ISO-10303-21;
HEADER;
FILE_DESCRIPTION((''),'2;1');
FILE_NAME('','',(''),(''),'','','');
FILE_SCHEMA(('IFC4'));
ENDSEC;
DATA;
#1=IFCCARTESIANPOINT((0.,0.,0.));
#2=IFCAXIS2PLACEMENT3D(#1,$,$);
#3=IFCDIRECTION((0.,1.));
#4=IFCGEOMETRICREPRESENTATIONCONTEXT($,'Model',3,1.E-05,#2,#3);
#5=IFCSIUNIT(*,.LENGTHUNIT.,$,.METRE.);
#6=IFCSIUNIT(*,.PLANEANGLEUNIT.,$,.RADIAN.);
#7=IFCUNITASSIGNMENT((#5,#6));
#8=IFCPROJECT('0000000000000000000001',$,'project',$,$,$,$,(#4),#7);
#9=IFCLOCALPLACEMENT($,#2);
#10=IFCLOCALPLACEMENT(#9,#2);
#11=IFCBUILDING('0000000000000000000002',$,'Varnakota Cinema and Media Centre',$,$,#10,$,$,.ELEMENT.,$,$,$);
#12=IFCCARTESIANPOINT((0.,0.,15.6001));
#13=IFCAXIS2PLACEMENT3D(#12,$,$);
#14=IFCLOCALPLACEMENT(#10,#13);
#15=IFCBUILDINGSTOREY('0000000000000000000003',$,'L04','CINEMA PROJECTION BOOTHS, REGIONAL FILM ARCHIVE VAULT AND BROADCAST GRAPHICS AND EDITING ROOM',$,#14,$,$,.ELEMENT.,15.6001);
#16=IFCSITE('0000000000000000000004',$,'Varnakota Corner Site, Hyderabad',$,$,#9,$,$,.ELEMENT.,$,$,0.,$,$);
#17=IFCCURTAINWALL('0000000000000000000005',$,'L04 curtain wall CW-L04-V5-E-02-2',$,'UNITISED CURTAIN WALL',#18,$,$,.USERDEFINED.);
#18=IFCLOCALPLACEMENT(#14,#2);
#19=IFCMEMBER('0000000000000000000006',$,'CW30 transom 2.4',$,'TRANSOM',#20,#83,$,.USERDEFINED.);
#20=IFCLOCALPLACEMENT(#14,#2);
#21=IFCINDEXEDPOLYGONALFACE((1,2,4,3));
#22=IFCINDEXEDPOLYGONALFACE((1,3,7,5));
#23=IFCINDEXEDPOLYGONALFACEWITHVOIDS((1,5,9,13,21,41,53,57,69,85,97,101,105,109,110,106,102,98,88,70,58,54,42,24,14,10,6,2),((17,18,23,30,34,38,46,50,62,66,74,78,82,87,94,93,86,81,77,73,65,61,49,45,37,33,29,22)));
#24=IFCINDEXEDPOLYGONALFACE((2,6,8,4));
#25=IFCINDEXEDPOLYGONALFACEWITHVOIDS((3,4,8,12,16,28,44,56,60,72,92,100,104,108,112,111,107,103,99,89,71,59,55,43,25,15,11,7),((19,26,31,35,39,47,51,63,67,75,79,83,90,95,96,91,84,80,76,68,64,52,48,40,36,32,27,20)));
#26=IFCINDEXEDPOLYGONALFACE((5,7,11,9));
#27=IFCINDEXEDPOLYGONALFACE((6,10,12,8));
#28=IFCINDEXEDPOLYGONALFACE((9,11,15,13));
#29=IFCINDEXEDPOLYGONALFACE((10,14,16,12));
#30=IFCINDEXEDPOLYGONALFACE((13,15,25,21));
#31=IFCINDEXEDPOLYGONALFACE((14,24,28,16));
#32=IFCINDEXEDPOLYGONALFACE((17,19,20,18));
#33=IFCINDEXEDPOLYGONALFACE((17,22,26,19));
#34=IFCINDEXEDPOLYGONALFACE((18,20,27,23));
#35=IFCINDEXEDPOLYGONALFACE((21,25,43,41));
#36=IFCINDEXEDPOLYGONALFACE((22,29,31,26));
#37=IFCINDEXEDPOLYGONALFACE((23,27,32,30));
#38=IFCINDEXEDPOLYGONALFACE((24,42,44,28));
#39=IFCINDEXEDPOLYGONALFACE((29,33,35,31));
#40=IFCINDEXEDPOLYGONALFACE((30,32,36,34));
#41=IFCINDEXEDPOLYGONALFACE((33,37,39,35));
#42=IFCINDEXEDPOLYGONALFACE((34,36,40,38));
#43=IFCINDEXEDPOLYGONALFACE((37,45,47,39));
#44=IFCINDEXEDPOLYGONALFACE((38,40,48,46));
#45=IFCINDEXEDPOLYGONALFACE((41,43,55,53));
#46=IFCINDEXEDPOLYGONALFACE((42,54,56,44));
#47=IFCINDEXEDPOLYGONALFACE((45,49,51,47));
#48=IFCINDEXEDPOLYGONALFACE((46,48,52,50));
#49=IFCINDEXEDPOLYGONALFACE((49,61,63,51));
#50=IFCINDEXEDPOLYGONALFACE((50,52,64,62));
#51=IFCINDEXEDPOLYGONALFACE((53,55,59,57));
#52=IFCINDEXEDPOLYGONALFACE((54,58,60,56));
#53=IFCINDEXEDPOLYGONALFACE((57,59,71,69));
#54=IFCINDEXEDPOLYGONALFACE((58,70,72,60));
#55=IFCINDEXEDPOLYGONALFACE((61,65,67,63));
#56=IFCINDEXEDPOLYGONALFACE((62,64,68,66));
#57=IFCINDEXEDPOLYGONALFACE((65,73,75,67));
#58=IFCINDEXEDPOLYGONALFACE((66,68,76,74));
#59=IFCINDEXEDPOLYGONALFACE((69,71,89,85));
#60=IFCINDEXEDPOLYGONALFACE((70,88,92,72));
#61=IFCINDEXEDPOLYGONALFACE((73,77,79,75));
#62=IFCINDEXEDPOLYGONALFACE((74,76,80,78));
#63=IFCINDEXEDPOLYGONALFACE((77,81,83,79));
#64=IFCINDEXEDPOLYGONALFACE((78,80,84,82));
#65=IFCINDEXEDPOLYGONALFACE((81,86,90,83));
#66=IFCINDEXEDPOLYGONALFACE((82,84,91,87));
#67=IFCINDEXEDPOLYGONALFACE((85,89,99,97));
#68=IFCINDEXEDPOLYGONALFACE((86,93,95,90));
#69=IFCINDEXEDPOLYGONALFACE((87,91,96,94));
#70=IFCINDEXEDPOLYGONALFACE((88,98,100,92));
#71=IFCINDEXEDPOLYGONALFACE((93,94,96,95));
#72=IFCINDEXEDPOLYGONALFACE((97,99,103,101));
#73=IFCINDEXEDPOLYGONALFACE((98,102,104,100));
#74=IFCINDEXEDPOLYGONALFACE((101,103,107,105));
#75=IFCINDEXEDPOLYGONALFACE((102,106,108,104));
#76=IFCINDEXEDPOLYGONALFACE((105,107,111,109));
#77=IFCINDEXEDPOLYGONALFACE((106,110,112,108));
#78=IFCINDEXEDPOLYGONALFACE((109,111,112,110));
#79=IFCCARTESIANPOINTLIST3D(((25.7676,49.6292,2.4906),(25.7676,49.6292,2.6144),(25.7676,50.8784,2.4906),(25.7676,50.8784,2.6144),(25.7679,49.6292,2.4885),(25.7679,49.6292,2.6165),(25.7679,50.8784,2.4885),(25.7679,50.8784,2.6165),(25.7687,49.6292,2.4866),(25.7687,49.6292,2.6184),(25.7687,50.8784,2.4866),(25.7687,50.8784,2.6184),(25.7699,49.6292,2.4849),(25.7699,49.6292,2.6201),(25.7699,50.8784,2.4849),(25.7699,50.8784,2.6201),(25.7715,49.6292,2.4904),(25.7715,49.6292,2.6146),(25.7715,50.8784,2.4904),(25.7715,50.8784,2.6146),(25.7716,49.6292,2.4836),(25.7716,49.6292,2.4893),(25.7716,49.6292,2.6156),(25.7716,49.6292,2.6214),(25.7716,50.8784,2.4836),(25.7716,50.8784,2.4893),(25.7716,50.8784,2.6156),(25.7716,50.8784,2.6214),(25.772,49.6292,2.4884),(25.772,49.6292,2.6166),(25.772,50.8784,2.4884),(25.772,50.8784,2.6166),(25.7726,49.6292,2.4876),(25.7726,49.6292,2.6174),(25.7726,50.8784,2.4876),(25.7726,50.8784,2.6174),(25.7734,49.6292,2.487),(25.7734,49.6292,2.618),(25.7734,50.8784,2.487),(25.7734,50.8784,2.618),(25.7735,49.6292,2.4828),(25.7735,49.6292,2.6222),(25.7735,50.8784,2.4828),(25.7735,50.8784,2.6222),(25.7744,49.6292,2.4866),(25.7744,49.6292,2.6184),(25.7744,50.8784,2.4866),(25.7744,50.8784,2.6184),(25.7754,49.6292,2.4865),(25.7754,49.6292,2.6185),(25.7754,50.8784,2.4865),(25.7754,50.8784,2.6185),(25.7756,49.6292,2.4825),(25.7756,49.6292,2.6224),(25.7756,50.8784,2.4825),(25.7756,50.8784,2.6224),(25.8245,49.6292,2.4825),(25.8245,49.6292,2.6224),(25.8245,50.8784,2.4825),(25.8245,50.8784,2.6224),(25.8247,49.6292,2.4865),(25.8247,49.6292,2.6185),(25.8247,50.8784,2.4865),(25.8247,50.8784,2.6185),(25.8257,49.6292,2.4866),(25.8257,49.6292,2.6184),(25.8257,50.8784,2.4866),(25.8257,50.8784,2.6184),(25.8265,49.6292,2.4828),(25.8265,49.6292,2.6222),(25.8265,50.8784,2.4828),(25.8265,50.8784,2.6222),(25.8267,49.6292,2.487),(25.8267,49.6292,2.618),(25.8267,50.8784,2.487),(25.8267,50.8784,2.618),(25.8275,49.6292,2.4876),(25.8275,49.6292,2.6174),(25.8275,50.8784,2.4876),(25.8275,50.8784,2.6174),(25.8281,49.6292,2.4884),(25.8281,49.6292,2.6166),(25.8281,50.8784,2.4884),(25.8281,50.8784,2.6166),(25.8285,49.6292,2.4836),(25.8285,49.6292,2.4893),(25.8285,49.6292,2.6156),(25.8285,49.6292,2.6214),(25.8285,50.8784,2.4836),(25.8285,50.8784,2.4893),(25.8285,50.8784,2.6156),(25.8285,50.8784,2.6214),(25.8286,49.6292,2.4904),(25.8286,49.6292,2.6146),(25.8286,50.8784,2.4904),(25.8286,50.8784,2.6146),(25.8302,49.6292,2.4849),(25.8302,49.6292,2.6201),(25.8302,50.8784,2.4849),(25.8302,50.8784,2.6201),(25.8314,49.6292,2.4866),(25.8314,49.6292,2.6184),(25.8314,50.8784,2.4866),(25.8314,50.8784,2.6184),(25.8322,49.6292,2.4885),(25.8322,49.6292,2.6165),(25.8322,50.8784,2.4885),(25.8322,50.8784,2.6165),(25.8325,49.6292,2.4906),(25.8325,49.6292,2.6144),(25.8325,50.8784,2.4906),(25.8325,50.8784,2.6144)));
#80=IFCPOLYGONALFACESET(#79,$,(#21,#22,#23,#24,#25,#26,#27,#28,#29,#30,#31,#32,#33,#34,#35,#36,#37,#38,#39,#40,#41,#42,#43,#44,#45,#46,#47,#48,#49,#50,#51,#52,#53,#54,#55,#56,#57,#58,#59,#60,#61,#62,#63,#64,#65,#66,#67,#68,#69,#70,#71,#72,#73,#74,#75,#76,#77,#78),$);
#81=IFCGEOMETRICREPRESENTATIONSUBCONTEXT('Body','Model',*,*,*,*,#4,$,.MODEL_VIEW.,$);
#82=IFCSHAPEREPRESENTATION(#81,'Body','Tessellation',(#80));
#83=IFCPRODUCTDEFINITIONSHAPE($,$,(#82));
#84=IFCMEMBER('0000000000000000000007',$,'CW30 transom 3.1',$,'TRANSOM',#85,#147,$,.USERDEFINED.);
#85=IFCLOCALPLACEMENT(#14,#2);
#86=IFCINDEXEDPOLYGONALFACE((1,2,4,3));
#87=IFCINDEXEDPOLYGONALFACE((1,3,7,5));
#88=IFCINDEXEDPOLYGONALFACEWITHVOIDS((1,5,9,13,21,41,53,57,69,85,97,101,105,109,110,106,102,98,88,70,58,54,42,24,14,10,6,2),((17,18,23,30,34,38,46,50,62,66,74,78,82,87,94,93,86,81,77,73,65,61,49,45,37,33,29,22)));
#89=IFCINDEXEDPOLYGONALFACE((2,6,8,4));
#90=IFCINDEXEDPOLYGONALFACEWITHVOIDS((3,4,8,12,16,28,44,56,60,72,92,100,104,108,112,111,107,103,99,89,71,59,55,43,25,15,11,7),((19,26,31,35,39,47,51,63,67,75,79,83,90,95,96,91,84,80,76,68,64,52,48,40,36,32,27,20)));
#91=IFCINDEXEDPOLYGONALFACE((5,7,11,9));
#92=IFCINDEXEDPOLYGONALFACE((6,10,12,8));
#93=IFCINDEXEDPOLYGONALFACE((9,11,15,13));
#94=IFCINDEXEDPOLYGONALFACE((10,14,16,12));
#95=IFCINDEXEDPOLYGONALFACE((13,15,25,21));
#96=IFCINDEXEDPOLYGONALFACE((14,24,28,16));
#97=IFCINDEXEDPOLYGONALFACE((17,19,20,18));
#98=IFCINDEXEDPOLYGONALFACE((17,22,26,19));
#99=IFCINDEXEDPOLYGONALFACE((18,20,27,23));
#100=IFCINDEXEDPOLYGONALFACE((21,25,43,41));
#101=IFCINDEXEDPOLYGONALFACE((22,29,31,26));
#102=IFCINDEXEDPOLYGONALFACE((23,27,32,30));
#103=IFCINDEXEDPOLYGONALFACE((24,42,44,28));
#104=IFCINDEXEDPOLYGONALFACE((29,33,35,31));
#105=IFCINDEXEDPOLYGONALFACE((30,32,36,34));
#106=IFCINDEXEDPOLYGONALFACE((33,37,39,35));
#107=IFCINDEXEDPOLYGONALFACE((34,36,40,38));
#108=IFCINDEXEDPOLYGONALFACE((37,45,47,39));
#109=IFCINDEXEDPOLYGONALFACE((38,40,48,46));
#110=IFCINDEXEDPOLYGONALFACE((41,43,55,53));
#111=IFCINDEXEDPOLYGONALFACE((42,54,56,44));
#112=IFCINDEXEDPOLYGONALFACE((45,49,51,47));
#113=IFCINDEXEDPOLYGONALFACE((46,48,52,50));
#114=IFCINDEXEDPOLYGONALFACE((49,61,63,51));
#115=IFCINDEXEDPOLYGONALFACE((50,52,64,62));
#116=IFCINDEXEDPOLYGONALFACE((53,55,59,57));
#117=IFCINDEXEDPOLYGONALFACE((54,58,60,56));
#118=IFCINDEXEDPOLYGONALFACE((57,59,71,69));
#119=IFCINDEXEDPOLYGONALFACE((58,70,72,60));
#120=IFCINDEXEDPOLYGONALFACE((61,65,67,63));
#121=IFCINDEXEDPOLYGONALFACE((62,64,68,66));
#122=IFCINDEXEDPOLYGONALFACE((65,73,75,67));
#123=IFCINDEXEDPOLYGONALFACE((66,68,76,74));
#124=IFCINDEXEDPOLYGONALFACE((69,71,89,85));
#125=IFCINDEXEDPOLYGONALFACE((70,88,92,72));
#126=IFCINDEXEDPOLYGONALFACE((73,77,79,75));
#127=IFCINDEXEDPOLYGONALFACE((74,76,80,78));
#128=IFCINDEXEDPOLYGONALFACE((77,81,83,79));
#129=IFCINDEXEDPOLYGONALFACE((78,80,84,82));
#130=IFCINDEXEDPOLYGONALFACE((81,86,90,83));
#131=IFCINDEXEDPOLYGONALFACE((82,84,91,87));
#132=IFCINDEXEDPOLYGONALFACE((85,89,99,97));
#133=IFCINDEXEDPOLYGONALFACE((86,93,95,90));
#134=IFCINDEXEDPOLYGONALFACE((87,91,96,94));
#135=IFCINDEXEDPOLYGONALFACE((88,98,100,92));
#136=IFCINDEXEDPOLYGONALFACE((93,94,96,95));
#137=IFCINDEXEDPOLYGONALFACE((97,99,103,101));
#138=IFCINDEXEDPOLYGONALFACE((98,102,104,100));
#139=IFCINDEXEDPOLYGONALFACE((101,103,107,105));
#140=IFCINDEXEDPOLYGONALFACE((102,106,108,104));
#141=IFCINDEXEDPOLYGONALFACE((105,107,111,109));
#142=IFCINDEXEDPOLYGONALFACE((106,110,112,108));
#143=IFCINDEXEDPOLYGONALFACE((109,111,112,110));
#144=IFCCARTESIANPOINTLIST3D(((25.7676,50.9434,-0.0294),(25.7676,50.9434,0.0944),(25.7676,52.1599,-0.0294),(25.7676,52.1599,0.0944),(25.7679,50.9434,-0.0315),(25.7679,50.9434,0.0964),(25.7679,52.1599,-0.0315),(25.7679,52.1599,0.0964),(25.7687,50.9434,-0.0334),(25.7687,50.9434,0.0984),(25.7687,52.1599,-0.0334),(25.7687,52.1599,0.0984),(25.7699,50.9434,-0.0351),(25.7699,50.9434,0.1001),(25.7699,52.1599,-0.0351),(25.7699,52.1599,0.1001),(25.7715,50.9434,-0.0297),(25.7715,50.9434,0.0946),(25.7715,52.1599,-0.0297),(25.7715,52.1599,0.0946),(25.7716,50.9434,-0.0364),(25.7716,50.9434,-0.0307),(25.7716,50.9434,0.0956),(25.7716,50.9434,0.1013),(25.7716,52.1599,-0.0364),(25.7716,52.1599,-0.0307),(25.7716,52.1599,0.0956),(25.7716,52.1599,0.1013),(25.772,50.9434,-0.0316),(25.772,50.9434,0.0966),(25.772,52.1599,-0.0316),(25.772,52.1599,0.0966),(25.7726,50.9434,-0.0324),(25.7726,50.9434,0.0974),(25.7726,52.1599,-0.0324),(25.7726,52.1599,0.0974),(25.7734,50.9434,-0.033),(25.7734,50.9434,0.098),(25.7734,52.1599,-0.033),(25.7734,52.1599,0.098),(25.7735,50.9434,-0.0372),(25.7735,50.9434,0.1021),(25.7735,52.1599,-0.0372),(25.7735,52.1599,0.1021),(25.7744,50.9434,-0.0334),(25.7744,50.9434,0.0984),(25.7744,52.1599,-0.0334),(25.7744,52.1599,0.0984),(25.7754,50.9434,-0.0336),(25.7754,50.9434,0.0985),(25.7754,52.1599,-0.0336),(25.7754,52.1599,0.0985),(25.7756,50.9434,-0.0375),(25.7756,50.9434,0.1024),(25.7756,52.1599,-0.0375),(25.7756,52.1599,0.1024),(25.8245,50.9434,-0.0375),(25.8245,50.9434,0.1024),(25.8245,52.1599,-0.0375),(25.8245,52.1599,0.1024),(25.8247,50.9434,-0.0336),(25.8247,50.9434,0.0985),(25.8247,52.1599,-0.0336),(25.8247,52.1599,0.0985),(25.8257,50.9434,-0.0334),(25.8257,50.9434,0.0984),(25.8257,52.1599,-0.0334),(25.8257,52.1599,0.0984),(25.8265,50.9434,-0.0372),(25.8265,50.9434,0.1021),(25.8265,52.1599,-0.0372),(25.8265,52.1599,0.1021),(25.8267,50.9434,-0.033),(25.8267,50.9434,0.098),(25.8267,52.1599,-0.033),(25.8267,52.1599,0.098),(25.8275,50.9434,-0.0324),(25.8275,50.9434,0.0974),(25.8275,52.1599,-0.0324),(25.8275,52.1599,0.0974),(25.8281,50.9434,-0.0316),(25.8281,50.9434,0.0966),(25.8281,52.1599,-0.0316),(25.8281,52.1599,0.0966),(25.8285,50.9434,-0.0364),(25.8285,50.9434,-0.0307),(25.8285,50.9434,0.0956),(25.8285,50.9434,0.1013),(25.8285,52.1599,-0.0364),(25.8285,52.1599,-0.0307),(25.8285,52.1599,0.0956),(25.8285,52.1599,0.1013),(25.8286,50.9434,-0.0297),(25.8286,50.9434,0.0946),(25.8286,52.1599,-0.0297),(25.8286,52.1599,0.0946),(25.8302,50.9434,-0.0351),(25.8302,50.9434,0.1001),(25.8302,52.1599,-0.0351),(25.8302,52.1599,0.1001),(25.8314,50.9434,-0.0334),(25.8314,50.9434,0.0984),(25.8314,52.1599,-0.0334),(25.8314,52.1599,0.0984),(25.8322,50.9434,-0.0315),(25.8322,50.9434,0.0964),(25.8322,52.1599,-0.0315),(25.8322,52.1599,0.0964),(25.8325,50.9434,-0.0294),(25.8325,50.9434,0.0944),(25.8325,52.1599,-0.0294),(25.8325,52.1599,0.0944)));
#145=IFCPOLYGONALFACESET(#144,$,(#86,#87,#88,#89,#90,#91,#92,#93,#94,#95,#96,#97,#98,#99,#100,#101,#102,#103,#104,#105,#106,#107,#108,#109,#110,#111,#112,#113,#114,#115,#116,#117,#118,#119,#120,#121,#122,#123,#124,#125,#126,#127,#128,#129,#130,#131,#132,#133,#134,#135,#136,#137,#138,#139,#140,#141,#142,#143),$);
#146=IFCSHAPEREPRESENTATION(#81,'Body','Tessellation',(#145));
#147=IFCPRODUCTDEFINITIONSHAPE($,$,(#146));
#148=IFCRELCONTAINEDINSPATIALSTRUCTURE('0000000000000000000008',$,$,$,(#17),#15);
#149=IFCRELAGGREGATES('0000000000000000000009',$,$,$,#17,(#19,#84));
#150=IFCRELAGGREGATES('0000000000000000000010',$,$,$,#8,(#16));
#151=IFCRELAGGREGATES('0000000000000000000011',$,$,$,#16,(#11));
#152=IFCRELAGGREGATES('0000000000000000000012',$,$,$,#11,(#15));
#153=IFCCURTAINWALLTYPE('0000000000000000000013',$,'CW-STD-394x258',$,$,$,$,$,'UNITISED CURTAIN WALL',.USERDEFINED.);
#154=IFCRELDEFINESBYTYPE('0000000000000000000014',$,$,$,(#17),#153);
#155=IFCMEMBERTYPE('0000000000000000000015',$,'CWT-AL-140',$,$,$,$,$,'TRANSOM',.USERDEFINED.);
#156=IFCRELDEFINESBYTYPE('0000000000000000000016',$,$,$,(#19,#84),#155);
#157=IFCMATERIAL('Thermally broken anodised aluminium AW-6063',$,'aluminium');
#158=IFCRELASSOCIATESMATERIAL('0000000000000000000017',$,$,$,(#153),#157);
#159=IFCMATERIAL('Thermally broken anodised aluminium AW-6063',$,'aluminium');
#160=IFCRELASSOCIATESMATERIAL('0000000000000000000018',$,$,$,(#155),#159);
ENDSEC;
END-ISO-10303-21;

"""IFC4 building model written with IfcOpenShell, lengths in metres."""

from ifc_helpers import new_model, si_unit, direction, frame, origin, origin_2d, place, context, subcontext, project, spatial, hollow_rectangle, extrude, material, material_profile, profile_set, type_object, element, aggregate, save


model = new_model("IFC4")

# Units and contexts
model_context = context("Model", 3, precision=1e-05, world=origin(), true_north=direction((0.0, 1.0)))
body_context = subcontext(model_context, "Body", "Model", "MODEL_VIEW")
ifc_project = project(units=[si_unit("LENGTHUNIT", "METRE"), si_unit("PLANEANGLEUNIT", "RADIAN")], contexts=[model_context])

# Site, building, storey
site_placement = place(None, origin())
site = spatial("IfcSite", under=ifc_project, at=site_placement, Name="Varnakota Corner Site, Hyderabad", CompositionType="ELEMENT", RefElevation=0.0)
building_placement = place(site_placement, origin())
building = spatial("IfcBuilding", under=site, at=building_placement, Name="Varnakota Cinema and Media Centre", CompositionType="ELEMENT")
storey_placement = place(building_placement, frame((0.0, 0.0, 15.6001)))
storey = spatial("IfcBuildingStorey", under=building, at=storey_placement, Name="L04", Description="CINEMA PROJECTION BOOTHS, REGIONAL FILM ARCHIVE VAULT AND BROADCAST GRAPHICS AND EDITING ROOM", CompositionType="ELEMENT", Elevation=15.6001)

# Curtain wall
ifc_material_1 = material(Name="Thermally broken anodised aluminium AW-6063", Category="aluminium")
curtain_wall_type_1 = type_object("IfcCurtainWallType", Name="CW-STD-394x258", ElementType="UNITISED CURTAIN WALL", PredefinedType="USERDEFINED", material=ifc_material_1)
curtain_wall_1_placement = place(storey_placement, origin())
curtain_wall_1 = element("IfcCurtainWall", 1, at=curtain_wall_1_placement, inside=storey, type_object=curtain_wall_type_1, Name="L04 curtain wall CW-L04-V5-E-02-2", ObjectType="UNITISED CURTAIN WALL", PredefinedType="USERDEFINED")

# Members
ifc_material_2 = material(Name="Thermally broken anodised aluminium AW-6063", Category="aluminium")
ifc_material_profile_1 = material_profile(ifc_material_2, hollow_rectangle(XDim=0.0649, YDim=0.1399, WallThickness=0.0039, InnerFilletRadius=0.0039, OuterFilletRadius=0.0081, at=origin_2d()), Name="AL-TRANSOM 140x65x4")
ifc_profile_set_1 = profile_set([ifc_material_profile_1], Name="Thermally broken anodised aluminium AW-6063")
member_type_1 = type_object("IfcMemberType", Name="CWT-AL-140", ElementType="TRANSOM", PredefinedType="USERDEFINED", material=ifc_profile_set_1)
member_1_placement = place(storey_placement, frame((25.8, 49.6292, 2.5525), z_axis=(0.0, 1.0, 0.0), x_axis=(-1.0, 0.0, 0.0)))
member_1 = element("IfcMember", 2, at=member_1_placement, type_object=member_type_1, Name="CW30 transom 2.4", ObjectType="TRANSOM", PredefinedType="USERDEFINED", context=body_context, shape_type="SweptSolid", body=[
    extrude(hollow_rectangle(XDim=0.0649, YDim=0.1399, WallThickness=0.0039, InnerFilletRadius=0.0039, OuterFilletRadius=0.0081, at=origin_2d()), origin(), (0.0, 0.0, 1.0), 1.2493),
])
member_2_placement = place(storey_placement, frame((25.8, 50.9434, 0.0325), z_axis=(0.0, 1.0, 0.0), x_axis=(-1.0, 0.0, 0.0)))
member_2 = element("IfcMember", 3, at=member_2_placement, type_object=member_type_1, Name="CW30 transom 3.1", ObjectType="TRANSOM", PredefinedType="USERDEFINED", context=body_context, shape_type="SweptSolid", body=[
    extrude(hollow_rectangle(XDim=0.0649, YDim=0.1399, WallThickness=0.0039, InnerFilletRadius=0.0039, OuterFilletRadius=0.0081, at=origin_2d()), origin(), (0.0, 0.0, 1.0), 1.2166),
])

aggregate(curtain_wall_1, [member_1, member_2])

save(model, "model.ifc")
